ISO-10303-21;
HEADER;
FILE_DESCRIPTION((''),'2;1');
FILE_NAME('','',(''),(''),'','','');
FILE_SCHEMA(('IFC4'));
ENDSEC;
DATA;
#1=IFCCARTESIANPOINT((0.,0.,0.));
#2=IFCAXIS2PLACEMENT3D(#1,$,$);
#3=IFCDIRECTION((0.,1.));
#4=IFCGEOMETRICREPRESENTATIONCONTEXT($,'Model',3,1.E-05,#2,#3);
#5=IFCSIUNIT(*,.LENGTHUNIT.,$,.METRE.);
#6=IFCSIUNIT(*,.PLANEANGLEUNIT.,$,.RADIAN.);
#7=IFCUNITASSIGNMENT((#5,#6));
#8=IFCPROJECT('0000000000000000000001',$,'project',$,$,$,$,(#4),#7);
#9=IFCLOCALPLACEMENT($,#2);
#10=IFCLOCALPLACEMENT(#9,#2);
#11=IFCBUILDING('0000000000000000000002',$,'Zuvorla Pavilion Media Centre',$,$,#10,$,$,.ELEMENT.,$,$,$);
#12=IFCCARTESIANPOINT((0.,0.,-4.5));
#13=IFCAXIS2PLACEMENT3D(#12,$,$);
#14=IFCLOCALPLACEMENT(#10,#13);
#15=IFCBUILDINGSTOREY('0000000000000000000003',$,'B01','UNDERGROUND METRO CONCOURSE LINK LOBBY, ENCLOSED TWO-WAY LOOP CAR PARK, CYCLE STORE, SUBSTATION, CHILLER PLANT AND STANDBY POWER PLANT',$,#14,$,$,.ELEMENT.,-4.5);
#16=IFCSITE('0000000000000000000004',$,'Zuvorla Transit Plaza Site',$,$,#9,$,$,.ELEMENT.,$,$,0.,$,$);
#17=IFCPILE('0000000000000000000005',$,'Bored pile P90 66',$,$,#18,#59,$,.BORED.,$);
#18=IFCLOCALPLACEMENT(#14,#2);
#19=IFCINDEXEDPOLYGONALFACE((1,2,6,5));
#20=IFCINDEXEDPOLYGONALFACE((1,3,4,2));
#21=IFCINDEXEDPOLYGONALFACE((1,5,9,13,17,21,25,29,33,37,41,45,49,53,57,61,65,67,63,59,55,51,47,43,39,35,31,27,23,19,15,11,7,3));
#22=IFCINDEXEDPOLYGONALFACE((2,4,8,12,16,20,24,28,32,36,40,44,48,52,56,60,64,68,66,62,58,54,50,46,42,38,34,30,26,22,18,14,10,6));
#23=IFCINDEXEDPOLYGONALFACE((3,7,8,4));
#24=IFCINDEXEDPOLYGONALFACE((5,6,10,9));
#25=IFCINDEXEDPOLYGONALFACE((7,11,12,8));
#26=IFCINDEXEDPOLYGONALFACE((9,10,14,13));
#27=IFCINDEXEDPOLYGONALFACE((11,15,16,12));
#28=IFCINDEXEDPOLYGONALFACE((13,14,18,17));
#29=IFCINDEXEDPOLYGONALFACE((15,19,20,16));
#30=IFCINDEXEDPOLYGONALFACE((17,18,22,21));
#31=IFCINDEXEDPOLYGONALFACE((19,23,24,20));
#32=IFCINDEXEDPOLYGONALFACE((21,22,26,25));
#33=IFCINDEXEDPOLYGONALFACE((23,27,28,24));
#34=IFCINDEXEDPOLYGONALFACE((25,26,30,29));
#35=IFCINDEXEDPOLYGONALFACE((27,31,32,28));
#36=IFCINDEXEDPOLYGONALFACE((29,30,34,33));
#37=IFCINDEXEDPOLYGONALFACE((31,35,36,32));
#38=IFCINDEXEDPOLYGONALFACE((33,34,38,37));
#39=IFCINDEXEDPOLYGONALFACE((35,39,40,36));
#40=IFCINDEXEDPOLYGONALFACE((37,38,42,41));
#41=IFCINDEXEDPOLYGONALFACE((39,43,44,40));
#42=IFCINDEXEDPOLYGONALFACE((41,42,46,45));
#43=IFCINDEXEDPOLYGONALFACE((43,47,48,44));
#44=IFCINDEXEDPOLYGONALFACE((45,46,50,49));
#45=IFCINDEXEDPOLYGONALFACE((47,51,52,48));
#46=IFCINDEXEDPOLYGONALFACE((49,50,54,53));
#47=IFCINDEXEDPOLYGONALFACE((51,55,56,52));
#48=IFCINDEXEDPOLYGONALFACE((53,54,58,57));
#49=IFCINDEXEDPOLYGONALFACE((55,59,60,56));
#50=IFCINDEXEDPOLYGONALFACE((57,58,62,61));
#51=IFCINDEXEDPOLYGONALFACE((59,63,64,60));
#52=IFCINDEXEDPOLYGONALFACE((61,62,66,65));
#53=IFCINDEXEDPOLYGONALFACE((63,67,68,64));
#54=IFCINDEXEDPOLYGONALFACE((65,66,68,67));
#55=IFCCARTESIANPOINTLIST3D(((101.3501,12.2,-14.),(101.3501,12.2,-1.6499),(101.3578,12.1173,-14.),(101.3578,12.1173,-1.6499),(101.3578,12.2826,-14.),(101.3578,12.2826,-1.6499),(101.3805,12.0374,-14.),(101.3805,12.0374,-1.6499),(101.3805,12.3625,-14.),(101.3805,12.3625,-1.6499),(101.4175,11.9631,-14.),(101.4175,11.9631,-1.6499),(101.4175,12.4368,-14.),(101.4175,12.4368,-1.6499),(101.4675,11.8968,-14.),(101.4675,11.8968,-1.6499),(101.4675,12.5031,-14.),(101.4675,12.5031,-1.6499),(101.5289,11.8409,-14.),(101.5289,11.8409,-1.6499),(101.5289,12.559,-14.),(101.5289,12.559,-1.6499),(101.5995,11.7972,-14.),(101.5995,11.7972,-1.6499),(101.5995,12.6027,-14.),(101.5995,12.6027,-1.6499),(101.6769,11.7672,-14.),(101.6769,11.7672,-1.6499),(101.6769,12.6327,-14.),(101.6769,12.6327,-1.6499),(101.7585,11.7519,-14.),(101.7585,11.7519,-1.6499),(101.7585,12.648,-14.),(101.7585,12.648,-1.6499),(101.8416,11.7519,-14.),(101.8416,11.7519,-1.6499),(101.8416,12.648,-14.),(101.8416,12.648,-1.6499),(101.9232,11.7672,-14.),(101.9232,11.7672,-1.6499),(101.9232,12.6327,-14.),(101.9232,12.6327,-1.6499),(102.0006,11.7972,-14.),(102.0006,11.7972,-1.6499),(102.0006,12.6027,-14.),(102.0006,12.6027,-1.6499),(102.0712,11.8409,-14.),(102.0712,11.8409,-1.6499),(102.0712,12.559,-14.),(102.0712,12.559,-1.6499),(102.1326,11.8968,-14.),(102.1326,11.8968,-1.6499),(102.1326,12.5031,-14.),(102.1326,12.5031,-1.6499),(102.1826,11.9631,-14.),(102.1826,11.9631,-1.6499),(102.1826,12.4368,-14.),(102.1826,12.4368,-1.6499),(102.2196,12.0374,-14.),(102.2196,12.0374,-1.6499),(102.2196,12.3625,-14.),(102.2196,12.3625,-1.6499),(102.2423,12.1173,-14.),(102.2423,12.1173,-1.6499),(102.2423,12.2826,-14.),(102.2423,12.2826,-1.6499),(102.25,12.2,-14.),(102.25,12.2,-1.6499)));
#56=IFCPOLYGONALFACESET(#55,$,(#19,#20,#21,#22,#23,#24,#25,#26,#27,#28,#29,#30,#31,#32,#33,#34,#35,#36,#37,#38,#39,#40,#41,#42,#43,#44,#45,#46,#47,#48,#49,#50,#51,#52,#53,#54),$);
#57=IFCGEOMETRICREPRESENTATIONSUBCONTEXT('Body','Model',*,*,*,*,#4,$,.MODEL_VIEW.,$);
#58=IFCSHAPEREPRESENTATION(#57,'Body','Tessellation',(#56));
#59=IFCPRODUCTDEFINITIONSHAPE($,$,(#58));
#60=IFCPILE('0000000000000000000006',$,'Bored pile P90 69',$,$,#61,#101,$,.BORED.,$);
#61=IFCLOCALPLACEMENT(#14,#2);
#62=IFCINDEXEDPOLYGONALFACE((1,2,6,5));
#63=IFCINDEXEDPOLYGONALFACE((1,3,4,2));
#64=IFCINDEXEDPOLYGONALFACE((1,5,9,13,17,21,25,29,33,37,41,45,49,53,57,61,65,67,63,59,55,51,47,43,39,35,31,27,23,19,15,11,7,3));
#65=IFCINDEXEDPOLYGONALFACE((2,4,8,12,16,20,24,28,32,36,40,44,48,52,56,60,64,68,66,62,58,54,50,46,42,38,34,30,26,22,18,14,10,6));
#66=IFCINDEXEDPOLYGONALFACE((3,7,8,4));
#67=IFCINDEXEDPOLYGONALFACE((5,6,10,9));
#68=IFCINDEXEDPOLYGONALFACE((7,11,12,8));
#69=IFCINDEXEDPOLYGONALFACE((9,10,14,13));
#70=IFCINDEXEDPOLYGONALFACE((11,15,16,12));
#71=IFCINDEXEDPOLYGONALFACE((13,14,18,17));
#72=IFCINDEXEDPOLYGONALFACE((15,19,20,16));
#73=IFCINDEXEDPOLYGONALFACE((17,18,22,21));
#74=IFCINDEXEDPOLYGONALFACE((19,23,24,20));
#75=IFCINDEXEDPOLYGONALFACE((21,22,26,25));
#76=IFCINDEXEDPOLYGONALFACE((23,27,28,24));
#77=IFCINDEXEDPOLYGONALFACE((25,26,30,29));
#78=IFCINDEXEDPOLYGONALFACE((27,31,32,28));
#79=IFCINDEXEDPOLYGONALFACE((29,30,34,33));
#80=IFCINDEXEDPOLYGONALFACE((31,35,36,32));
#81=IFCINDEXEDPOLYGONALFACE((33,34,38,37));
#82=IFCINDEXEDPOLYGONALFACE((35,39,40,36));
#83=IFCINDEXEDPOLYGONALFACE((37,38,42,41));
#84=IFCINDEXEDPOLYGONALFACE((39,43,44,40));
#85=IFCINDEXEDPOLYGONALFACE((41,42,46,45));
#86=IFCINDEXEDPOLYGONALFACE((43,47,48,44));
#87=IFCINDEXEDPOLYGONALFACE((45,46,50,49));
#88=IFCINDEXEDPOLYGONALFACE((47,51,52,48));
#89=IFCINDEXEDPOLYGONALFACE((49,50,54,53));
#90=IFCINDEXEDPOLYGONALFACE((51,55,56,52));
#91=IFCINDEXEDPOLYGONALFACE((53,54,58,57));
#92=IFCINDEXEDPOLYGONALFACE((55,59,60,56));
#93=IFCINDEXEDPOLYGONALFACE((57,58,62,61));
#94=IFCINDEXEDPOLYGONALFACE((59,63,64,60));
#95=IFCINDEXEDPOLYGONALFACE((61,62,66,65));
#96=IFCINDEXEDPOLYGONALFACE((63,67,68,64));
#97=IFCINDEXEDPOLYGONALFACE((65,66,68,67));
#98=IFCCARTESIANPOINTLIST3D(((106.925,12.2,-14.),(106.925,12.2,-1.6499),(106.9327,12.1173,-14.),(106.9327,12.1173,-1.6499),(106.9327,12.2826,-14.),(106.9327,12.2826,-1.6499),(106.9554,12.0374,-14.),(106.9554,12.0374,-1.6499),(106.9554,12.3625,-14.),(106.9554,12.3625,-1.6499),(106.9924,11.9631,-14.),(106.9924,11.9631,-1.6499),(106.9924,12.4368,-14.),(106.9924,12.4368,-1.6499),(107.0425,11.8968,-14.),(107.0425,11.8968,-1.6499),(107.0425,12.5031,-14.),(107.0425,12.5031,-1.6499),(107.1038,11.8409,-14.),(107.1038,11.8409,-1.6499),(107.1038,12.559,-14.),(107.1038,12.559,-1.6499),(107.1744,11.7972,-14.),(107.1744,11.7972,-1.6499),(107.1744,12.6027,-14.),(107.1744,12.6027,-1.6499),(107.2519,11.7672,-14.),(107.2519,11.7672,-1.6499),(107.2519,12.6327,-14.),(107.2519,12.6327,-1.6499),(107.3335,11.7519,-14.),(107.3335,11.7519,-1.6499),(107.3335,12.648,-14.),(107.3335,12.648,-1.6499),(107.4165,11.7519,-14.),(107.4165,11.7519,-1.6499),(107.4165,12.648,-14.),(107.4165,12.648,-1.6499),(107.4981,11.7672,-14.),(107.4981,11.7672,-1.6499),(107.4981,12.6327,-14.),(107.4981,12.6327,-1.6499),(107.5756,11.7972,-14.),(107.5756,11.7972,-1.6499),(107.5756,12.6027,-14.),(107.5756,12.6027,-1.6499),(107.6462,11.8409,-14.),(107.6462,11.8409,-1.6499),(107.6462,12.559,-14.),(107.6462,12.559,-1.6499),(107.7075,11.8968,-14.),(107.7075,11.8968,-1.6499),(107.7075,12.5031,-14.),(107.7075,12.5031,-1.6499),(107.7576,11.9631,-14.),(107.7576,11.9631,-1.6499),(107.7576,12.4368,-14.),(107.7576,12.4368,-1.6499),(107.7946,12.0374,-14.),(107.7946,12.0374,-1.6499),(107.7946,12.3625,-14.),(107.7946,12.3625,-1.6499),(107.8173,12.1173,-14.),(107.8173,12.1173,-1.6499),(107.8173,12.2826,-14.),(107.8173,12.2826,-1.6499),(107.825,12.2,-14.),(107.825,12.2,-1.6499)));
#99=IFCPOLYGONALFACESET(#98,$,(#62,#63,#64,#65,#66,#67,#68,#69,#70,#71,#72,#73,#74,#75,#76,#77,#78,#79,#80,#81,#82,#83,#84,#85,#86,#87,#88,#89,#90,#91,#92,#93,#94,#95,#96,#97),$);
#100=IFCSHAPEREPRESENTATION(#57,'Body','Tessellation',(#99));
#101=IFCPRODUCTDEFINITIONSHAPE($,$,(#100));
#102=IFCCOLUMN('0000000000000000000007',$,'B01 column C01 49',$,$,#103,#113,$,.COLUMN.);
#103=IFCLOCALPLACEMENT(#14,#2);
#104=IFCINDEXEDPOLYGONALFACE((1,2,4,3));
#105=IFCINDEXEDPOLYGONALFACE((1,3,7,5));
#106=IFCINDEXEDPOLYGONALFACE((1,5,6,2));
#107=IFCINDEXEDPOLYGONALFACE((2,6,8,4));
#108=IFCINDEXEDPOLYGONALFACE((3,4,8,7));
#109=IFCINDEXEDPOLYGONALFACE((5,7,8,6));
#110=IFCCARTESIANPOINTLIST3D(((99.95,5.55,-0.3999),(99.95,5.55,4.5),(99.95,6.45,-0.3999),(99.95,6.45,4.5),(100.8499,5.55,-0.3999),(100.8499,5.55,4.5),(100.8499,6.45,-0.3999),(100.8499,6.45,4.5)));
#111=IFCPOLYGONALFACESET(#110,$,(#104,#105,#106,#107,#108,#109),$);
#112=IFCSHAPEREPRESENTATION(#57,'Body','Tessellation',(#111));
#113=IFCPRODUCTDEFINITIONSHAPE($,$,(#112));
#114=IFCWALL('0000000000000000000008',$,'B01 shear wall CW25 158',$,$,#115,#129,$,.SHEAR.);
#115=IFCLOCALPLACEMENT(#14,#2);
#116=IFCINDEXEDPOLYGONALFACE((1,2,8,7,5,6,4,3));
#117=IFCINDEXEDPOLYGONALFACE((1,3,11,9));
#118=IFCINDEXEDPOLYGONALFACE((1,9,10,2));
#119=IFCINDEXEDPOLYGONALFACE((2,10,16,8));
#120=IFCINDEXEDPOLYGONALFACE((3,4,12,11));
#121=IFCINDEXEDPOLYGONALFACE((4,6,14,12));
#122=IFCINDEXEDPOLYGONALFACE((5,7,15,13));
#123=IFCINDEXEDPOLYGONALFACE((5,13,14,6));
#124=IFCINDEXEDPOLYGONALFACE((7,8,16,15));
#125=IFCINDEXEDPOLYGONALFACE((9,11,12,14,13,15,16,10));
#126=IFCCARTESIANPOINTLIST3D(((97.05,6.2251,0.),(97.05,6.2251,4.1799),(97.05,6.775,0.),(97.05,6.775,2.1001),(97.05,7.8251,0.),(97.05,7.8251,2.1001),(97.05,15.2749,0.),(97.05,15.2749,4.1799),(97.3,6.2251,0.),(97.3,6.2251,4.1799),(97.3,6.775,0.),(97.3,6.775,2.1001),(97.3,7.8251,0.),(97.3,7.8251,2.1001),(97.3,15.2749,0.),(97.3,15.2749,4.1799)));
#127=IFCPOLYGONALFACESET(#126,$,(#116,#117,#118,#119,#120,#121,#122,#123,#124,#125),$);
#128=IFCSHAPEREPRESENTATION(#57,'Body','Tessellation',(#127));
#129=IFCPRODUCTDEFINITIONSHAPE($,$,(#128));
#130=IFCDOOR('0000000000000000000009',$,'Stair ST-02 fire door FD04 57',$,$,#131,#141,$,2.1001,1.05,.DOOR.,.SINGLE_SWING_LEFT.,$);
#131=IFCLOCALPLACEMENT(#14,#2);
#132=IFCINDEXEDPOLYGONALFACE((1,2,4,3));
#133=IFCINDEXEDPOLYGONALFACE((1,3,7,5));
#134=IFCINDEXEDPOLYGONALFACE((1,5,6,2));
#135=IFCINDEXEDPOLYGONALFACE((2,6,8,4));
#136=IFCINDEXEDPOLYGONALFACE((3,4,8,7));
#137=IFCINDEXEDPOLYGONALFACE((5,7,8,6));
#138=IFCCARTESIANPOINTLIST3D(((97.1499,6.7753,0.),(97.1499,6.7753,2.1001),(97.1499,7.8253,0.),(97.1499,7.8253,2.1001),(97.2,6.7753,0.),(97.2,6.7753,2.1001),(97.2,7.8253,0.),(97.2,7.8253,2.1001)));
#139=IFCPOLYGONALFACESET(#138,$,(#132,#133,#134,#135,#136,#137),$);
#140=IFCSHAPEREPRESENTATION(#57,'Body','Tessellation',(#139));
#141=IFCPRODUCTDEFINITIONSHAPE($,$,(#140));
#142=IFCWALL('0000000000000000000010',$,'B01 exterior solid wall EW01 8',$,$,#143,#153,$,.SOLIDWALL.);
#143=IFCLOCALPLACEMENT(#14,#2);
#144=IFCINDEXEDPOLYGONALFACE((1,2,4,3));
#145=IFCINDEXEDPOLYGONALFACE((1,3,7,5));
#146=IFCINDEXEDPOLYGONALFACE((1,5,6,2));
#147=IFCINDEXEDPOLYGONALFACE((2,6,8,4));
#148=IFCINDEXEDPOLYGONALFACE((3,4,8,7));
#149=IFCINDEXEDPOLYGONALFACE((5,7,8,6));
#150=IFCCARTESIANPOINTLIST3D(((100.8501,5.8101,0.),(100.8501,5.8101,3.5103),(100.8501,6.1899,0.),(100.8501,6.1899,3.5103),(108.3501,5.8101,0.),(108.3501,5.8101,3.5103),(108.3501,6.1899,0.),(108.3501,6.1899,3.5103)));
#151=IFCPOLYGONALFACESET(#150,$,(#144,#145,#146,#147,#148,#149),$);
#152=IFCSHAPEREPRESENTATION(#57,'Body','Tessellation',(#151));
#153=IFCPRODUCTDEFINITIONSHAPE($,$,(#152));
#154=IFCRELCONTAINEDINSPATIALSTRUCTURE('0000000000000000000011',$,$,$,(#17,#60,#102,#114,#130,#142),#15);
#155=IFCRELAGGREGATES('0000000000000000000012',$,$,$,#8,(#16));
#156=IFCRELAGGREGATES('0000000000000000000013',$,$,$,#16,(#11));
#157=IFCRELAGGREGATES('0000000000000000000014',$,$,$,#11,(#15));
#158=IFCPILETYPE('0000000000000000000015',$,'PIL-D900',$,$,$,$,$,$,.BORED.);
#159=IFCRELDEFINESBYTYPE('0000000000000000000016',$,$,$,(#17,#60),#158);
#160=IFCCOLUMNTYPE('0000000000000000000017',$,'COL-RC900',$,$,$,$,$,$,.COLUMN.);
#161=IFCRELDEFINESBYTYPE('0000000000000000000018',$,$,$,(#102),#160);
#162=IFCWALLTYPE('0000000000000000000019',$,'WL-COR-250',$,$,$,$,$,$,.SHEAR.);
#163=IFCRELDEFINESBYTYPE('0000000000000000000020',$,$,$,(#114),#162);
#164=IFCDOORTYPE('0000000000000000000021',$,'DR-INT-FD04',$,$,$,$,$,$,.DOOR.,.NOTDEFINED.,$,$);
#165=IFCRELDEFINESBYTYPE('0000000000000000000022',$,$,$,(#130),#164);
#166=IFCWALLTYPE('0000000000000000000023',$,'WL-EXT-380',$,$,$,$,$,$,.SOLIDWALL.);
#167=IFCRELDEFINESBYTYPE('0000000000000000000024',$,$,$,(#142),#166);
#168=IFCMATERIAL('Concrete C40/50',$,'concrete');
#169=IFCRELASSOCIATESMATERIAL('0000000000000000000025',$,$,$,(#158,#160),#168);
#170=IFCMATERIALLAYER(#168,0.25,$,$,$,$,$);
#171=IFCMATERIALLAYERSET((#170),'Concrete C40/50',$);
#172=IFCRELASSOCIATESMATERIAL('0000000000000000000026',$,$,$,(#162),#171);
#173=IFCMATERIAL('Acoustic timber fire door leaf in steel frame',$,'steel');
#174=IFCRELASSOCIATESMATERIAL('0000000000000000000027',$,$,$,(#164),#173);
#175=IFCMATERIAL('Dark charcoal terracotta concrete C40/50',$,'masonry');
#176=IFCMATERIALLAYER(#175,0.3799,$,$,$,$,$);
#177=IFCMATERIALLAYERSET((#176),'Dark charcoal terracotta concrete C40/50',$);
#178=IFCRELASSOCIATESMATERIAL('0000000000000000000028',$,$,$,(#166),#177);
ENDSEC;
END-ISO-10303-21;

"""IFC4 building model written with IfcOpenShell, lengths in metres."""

from ifc_helpers import new_model, si_unit, direction, frame, frame_2d, origin, origin_2d, place, context, subcontext, project, spatial, rectangle, circle, extrude, material, layer, layer_set, material_profile, profile_set, type_object, element, fill, save


model = new_model("IFC4")

# Units and contexts
model_context = context("Model", 3, precision=1e-05, world=origin(), true_north=direction((0.0, 1.0)))
body_context = subcontext(model_context, "Body", "Model", "MODEL_VIEW")
ifc_project = project(units=[si_unit("LENGTHUNIT", "METRE"), si_unit("PLANEANGLEUNIT", "RADIAN")], contexts=[model_context])

# Site, building, storey
site_placement = place(None, origin())
site = spatial("IfcSite", under=ifc_project, at=site_placement, Name="Zuvorla Transit Plaza Site", CompositionType="ELEMENT", RefElevation=0.0)
building_placement = place(site_placement, origin())
building = spatial("IfcBuilding", under=site, at=building_placement, Name="Zuvorla Pavilion Media Centre", CompositionType="ELEMENT")
storey_placement = place(building_placement, frame((0.0, 0.0, -4.5)))
storey = spatial("IfcBuildingStorey", under=building, at=storey_placement, Name="B01", Description="UNDERGROUND METRO CONCOURSE LINK LOBBY, ENCLOSED TWO-WAY LOOP CAR PARK, CYCLE STORE, SUBSTATION, CHILLER PLANT AND STANDBY POWER PLANT", CompositionType="ELEMENT", Elevation=-4.5)

# Shared definitions
ifc_material_1 = material(Name="Concrete C40/50", Category="concrete")

# Piles
ifc_material_profile_1 = material_profile(ifc_material_1, circle(Radius=0.45, at=origin_2d()), Name="BORED PILE 900")
ifc_profile_set_1 = profile_set([ifc_material_profile_1], Name="Concrete C40/50")
pile_type = type_object("IfcPileType", Name="PIL-D900", PredefinedType="BORED", material=ifc_profile_set_1)
for number, where, z_axis, x_axis, name in (
    (1, (101.8, 12.2, -1.6499), (0.0, 0.0, -1.0), (1.0, 0.0, 0.0), "Bored pile P90 66"),
    (2, (107.375, 12.2, -1.6499), (0.0, 0.0, -1.0), (1.0, 0.0, 0.0), "Bored pile P90 69"),
):
    element("IfcPile", number, at=place(storey_placement, frame(where, z_axis=z_axis, x_axis=x_axis)), inside=storey, type_object=pile_type, Name=name, PredefinedType="BORED", context=body_context, shape_type="SweptSolid", body=[
        extrude(circle(Radius=0.45, at=origin_2d()), origin(), (0.0, 0.0, 1.0), 12.3501),
    ])

# Column
ifc_material_profile_2 = material_profile(ifc_material_1, rectangle(XDim=0.8999, YDim=0.8999, at=origin_2d()), Name="RC 900x900")
ifc_profile_set_2 = profile_set([ifc_material_profile_2], Name="Concrete C40/50")
column_type = type_object("IfcColumnType", Name="COL-RC900", PredefinedType="COLUMN", material=ifc_profile_set_2)
column_placement = place(storey_placement, frame((100.3999, 6.0, -0.3999), z_axis=(0.0, 0.0, 1.0), x_axis=(1.0, 0.0, 0.0)))
element("IfcColumn", 3, at=column_placement, inside=storey, type_object=column_type, Name="B01 column C01 49", PredefinedType="COLUMN", context=body_context, shape_type="SweptSolid", body=[
    extrude(rectangle(XDim=0.8999, YDim=0.8999, at=origin_2d()), origin(), (0.0, 0.0, 1.0), 4.8999),
])

# Wall, opening, door
ifc_layer_1 = layer(ifc_material_1, 0.25)
ifc_layer_set_1 = layer_set([ifc_layer_1], Name="Concrete C40/50")
wall_type_1 = type_object("IfcWallType", Name="WL-COR-250", PredefinedType="SHEAR", material=ifc_layer_set_1)
wall_1_placement = place(storey_placement, frame((97.175, 6.2251, 0.0), z_axis=(0.0, 0.0, 1.0), x_axis=(0.0, 1.0, 0.0)))
wall_1 = element("IfcWall", 4, at=wall_1_placement, inside=storey, type_object=wall_type_1, Name="B01 shear wall CW25 158", PredefinedType="SHEAR", context=body_context, shape_type="SweptSolid", body=[
    extrude(rectangle(XDim=9.0498, YDim=0.25, at=frame_2d((4.5249, 0.0))), origin(), (0.0, 0.0, 1.0), 4.1799),
])
opening_placement = place(wall_1_placement, frame((0.55, 0.0, 0.0)))
opening = element("IfcOpeningElement", 5, at=opening_placement, cuts=wall_1, PredefinedType="OPENING", context=body_context, shape_type="SweptSolid", body=[
    extrude(rectangle(XDim=1.05, YDim=2.1001, at=frame_2d((0.5249, 1.05))), frame((0.0, 0.135, 0.0), z_axis=(0.0, -1.0, 0.0), x_axis=(1.0, 0.0, 0.0)), (0.0, 0.0, 1.0), 0.27),
])
ifc_material_2 = material(Name="Acoustic timber fire door leaf in steel frame", Category="steel")
door_type = type_object("IfcDoorType", Name="DR-INT-FD04", OperationType="NOTDEFINED", PredefinedType="DOOR", material=ifc_material_2)
door_placement = place(opening_placement, frame((1.05, 0.0, 0.0), z_axis=(0.0, 0.0, 1.0), x_axis=(-1.0, 0.0, 0.0)))
door = element("IfcDoor", 6, at=door_placement, inside=storey, type_object=door_type, Name="Stair ST-02 fire door FD04 57", OperationType="SINGLE_SWING_LEFT", OverallHeight=2.1001, OverallWidth=1.05, PredefinedType="DOOR", context=body_context, shape_type="SweptSolid", body=[
    extrude(rectangle(XDim=1.05, YDim=2.1001, at=frame_2d((0.5249, 1.05))), frame((0.0, 0.0249, 0.0), z_axis=(0.0, -1.0, 0.0), x_axis=(1.0, 0.0, 0.0)), (0.0, 0.0, 1.0), 0.05),
])
fill(opening, door)

# Wall
ifc_material_3 = material(Name="Dark charcoal terracotta concrete C40/50", Category="masonry")
ifc_layer_2 = layer(ifc_material_3, 0.3799)
ifc_layer_set_2 = layer_set([ifc_layer_2], Name="Dark charcoal terracotta concrete C40/50")
wall_type_2 = type_object("IfcWallType", Name="WL-EXT-380", PredefinedType="SOLIDWALL", material=ifc_layer_set_2)
wall_2_placement = place(storey_placement, frame((100.8501, 6.0, 0.0), z_axis=(0.0, 0.0, 1.0), x_axis=(1.0, 0.0, 0.0)))
element("IfcWall", 7, at=wall_2_placement, inside=storey, type_object=wall_type_2, Name="B01 exterior solid wall EW01 8", PredefinedType="SOLIDWALL", context=body_context, shape_type="SweptSolid", body=[
    extrude(rectangle(XDim=7.5, YDim=0.3799, at=frame_2d((3.75, 0.0))), origin(), (0.0, 0.0, 1.0), 3.5103),
])

save(model, "model.ifc")
